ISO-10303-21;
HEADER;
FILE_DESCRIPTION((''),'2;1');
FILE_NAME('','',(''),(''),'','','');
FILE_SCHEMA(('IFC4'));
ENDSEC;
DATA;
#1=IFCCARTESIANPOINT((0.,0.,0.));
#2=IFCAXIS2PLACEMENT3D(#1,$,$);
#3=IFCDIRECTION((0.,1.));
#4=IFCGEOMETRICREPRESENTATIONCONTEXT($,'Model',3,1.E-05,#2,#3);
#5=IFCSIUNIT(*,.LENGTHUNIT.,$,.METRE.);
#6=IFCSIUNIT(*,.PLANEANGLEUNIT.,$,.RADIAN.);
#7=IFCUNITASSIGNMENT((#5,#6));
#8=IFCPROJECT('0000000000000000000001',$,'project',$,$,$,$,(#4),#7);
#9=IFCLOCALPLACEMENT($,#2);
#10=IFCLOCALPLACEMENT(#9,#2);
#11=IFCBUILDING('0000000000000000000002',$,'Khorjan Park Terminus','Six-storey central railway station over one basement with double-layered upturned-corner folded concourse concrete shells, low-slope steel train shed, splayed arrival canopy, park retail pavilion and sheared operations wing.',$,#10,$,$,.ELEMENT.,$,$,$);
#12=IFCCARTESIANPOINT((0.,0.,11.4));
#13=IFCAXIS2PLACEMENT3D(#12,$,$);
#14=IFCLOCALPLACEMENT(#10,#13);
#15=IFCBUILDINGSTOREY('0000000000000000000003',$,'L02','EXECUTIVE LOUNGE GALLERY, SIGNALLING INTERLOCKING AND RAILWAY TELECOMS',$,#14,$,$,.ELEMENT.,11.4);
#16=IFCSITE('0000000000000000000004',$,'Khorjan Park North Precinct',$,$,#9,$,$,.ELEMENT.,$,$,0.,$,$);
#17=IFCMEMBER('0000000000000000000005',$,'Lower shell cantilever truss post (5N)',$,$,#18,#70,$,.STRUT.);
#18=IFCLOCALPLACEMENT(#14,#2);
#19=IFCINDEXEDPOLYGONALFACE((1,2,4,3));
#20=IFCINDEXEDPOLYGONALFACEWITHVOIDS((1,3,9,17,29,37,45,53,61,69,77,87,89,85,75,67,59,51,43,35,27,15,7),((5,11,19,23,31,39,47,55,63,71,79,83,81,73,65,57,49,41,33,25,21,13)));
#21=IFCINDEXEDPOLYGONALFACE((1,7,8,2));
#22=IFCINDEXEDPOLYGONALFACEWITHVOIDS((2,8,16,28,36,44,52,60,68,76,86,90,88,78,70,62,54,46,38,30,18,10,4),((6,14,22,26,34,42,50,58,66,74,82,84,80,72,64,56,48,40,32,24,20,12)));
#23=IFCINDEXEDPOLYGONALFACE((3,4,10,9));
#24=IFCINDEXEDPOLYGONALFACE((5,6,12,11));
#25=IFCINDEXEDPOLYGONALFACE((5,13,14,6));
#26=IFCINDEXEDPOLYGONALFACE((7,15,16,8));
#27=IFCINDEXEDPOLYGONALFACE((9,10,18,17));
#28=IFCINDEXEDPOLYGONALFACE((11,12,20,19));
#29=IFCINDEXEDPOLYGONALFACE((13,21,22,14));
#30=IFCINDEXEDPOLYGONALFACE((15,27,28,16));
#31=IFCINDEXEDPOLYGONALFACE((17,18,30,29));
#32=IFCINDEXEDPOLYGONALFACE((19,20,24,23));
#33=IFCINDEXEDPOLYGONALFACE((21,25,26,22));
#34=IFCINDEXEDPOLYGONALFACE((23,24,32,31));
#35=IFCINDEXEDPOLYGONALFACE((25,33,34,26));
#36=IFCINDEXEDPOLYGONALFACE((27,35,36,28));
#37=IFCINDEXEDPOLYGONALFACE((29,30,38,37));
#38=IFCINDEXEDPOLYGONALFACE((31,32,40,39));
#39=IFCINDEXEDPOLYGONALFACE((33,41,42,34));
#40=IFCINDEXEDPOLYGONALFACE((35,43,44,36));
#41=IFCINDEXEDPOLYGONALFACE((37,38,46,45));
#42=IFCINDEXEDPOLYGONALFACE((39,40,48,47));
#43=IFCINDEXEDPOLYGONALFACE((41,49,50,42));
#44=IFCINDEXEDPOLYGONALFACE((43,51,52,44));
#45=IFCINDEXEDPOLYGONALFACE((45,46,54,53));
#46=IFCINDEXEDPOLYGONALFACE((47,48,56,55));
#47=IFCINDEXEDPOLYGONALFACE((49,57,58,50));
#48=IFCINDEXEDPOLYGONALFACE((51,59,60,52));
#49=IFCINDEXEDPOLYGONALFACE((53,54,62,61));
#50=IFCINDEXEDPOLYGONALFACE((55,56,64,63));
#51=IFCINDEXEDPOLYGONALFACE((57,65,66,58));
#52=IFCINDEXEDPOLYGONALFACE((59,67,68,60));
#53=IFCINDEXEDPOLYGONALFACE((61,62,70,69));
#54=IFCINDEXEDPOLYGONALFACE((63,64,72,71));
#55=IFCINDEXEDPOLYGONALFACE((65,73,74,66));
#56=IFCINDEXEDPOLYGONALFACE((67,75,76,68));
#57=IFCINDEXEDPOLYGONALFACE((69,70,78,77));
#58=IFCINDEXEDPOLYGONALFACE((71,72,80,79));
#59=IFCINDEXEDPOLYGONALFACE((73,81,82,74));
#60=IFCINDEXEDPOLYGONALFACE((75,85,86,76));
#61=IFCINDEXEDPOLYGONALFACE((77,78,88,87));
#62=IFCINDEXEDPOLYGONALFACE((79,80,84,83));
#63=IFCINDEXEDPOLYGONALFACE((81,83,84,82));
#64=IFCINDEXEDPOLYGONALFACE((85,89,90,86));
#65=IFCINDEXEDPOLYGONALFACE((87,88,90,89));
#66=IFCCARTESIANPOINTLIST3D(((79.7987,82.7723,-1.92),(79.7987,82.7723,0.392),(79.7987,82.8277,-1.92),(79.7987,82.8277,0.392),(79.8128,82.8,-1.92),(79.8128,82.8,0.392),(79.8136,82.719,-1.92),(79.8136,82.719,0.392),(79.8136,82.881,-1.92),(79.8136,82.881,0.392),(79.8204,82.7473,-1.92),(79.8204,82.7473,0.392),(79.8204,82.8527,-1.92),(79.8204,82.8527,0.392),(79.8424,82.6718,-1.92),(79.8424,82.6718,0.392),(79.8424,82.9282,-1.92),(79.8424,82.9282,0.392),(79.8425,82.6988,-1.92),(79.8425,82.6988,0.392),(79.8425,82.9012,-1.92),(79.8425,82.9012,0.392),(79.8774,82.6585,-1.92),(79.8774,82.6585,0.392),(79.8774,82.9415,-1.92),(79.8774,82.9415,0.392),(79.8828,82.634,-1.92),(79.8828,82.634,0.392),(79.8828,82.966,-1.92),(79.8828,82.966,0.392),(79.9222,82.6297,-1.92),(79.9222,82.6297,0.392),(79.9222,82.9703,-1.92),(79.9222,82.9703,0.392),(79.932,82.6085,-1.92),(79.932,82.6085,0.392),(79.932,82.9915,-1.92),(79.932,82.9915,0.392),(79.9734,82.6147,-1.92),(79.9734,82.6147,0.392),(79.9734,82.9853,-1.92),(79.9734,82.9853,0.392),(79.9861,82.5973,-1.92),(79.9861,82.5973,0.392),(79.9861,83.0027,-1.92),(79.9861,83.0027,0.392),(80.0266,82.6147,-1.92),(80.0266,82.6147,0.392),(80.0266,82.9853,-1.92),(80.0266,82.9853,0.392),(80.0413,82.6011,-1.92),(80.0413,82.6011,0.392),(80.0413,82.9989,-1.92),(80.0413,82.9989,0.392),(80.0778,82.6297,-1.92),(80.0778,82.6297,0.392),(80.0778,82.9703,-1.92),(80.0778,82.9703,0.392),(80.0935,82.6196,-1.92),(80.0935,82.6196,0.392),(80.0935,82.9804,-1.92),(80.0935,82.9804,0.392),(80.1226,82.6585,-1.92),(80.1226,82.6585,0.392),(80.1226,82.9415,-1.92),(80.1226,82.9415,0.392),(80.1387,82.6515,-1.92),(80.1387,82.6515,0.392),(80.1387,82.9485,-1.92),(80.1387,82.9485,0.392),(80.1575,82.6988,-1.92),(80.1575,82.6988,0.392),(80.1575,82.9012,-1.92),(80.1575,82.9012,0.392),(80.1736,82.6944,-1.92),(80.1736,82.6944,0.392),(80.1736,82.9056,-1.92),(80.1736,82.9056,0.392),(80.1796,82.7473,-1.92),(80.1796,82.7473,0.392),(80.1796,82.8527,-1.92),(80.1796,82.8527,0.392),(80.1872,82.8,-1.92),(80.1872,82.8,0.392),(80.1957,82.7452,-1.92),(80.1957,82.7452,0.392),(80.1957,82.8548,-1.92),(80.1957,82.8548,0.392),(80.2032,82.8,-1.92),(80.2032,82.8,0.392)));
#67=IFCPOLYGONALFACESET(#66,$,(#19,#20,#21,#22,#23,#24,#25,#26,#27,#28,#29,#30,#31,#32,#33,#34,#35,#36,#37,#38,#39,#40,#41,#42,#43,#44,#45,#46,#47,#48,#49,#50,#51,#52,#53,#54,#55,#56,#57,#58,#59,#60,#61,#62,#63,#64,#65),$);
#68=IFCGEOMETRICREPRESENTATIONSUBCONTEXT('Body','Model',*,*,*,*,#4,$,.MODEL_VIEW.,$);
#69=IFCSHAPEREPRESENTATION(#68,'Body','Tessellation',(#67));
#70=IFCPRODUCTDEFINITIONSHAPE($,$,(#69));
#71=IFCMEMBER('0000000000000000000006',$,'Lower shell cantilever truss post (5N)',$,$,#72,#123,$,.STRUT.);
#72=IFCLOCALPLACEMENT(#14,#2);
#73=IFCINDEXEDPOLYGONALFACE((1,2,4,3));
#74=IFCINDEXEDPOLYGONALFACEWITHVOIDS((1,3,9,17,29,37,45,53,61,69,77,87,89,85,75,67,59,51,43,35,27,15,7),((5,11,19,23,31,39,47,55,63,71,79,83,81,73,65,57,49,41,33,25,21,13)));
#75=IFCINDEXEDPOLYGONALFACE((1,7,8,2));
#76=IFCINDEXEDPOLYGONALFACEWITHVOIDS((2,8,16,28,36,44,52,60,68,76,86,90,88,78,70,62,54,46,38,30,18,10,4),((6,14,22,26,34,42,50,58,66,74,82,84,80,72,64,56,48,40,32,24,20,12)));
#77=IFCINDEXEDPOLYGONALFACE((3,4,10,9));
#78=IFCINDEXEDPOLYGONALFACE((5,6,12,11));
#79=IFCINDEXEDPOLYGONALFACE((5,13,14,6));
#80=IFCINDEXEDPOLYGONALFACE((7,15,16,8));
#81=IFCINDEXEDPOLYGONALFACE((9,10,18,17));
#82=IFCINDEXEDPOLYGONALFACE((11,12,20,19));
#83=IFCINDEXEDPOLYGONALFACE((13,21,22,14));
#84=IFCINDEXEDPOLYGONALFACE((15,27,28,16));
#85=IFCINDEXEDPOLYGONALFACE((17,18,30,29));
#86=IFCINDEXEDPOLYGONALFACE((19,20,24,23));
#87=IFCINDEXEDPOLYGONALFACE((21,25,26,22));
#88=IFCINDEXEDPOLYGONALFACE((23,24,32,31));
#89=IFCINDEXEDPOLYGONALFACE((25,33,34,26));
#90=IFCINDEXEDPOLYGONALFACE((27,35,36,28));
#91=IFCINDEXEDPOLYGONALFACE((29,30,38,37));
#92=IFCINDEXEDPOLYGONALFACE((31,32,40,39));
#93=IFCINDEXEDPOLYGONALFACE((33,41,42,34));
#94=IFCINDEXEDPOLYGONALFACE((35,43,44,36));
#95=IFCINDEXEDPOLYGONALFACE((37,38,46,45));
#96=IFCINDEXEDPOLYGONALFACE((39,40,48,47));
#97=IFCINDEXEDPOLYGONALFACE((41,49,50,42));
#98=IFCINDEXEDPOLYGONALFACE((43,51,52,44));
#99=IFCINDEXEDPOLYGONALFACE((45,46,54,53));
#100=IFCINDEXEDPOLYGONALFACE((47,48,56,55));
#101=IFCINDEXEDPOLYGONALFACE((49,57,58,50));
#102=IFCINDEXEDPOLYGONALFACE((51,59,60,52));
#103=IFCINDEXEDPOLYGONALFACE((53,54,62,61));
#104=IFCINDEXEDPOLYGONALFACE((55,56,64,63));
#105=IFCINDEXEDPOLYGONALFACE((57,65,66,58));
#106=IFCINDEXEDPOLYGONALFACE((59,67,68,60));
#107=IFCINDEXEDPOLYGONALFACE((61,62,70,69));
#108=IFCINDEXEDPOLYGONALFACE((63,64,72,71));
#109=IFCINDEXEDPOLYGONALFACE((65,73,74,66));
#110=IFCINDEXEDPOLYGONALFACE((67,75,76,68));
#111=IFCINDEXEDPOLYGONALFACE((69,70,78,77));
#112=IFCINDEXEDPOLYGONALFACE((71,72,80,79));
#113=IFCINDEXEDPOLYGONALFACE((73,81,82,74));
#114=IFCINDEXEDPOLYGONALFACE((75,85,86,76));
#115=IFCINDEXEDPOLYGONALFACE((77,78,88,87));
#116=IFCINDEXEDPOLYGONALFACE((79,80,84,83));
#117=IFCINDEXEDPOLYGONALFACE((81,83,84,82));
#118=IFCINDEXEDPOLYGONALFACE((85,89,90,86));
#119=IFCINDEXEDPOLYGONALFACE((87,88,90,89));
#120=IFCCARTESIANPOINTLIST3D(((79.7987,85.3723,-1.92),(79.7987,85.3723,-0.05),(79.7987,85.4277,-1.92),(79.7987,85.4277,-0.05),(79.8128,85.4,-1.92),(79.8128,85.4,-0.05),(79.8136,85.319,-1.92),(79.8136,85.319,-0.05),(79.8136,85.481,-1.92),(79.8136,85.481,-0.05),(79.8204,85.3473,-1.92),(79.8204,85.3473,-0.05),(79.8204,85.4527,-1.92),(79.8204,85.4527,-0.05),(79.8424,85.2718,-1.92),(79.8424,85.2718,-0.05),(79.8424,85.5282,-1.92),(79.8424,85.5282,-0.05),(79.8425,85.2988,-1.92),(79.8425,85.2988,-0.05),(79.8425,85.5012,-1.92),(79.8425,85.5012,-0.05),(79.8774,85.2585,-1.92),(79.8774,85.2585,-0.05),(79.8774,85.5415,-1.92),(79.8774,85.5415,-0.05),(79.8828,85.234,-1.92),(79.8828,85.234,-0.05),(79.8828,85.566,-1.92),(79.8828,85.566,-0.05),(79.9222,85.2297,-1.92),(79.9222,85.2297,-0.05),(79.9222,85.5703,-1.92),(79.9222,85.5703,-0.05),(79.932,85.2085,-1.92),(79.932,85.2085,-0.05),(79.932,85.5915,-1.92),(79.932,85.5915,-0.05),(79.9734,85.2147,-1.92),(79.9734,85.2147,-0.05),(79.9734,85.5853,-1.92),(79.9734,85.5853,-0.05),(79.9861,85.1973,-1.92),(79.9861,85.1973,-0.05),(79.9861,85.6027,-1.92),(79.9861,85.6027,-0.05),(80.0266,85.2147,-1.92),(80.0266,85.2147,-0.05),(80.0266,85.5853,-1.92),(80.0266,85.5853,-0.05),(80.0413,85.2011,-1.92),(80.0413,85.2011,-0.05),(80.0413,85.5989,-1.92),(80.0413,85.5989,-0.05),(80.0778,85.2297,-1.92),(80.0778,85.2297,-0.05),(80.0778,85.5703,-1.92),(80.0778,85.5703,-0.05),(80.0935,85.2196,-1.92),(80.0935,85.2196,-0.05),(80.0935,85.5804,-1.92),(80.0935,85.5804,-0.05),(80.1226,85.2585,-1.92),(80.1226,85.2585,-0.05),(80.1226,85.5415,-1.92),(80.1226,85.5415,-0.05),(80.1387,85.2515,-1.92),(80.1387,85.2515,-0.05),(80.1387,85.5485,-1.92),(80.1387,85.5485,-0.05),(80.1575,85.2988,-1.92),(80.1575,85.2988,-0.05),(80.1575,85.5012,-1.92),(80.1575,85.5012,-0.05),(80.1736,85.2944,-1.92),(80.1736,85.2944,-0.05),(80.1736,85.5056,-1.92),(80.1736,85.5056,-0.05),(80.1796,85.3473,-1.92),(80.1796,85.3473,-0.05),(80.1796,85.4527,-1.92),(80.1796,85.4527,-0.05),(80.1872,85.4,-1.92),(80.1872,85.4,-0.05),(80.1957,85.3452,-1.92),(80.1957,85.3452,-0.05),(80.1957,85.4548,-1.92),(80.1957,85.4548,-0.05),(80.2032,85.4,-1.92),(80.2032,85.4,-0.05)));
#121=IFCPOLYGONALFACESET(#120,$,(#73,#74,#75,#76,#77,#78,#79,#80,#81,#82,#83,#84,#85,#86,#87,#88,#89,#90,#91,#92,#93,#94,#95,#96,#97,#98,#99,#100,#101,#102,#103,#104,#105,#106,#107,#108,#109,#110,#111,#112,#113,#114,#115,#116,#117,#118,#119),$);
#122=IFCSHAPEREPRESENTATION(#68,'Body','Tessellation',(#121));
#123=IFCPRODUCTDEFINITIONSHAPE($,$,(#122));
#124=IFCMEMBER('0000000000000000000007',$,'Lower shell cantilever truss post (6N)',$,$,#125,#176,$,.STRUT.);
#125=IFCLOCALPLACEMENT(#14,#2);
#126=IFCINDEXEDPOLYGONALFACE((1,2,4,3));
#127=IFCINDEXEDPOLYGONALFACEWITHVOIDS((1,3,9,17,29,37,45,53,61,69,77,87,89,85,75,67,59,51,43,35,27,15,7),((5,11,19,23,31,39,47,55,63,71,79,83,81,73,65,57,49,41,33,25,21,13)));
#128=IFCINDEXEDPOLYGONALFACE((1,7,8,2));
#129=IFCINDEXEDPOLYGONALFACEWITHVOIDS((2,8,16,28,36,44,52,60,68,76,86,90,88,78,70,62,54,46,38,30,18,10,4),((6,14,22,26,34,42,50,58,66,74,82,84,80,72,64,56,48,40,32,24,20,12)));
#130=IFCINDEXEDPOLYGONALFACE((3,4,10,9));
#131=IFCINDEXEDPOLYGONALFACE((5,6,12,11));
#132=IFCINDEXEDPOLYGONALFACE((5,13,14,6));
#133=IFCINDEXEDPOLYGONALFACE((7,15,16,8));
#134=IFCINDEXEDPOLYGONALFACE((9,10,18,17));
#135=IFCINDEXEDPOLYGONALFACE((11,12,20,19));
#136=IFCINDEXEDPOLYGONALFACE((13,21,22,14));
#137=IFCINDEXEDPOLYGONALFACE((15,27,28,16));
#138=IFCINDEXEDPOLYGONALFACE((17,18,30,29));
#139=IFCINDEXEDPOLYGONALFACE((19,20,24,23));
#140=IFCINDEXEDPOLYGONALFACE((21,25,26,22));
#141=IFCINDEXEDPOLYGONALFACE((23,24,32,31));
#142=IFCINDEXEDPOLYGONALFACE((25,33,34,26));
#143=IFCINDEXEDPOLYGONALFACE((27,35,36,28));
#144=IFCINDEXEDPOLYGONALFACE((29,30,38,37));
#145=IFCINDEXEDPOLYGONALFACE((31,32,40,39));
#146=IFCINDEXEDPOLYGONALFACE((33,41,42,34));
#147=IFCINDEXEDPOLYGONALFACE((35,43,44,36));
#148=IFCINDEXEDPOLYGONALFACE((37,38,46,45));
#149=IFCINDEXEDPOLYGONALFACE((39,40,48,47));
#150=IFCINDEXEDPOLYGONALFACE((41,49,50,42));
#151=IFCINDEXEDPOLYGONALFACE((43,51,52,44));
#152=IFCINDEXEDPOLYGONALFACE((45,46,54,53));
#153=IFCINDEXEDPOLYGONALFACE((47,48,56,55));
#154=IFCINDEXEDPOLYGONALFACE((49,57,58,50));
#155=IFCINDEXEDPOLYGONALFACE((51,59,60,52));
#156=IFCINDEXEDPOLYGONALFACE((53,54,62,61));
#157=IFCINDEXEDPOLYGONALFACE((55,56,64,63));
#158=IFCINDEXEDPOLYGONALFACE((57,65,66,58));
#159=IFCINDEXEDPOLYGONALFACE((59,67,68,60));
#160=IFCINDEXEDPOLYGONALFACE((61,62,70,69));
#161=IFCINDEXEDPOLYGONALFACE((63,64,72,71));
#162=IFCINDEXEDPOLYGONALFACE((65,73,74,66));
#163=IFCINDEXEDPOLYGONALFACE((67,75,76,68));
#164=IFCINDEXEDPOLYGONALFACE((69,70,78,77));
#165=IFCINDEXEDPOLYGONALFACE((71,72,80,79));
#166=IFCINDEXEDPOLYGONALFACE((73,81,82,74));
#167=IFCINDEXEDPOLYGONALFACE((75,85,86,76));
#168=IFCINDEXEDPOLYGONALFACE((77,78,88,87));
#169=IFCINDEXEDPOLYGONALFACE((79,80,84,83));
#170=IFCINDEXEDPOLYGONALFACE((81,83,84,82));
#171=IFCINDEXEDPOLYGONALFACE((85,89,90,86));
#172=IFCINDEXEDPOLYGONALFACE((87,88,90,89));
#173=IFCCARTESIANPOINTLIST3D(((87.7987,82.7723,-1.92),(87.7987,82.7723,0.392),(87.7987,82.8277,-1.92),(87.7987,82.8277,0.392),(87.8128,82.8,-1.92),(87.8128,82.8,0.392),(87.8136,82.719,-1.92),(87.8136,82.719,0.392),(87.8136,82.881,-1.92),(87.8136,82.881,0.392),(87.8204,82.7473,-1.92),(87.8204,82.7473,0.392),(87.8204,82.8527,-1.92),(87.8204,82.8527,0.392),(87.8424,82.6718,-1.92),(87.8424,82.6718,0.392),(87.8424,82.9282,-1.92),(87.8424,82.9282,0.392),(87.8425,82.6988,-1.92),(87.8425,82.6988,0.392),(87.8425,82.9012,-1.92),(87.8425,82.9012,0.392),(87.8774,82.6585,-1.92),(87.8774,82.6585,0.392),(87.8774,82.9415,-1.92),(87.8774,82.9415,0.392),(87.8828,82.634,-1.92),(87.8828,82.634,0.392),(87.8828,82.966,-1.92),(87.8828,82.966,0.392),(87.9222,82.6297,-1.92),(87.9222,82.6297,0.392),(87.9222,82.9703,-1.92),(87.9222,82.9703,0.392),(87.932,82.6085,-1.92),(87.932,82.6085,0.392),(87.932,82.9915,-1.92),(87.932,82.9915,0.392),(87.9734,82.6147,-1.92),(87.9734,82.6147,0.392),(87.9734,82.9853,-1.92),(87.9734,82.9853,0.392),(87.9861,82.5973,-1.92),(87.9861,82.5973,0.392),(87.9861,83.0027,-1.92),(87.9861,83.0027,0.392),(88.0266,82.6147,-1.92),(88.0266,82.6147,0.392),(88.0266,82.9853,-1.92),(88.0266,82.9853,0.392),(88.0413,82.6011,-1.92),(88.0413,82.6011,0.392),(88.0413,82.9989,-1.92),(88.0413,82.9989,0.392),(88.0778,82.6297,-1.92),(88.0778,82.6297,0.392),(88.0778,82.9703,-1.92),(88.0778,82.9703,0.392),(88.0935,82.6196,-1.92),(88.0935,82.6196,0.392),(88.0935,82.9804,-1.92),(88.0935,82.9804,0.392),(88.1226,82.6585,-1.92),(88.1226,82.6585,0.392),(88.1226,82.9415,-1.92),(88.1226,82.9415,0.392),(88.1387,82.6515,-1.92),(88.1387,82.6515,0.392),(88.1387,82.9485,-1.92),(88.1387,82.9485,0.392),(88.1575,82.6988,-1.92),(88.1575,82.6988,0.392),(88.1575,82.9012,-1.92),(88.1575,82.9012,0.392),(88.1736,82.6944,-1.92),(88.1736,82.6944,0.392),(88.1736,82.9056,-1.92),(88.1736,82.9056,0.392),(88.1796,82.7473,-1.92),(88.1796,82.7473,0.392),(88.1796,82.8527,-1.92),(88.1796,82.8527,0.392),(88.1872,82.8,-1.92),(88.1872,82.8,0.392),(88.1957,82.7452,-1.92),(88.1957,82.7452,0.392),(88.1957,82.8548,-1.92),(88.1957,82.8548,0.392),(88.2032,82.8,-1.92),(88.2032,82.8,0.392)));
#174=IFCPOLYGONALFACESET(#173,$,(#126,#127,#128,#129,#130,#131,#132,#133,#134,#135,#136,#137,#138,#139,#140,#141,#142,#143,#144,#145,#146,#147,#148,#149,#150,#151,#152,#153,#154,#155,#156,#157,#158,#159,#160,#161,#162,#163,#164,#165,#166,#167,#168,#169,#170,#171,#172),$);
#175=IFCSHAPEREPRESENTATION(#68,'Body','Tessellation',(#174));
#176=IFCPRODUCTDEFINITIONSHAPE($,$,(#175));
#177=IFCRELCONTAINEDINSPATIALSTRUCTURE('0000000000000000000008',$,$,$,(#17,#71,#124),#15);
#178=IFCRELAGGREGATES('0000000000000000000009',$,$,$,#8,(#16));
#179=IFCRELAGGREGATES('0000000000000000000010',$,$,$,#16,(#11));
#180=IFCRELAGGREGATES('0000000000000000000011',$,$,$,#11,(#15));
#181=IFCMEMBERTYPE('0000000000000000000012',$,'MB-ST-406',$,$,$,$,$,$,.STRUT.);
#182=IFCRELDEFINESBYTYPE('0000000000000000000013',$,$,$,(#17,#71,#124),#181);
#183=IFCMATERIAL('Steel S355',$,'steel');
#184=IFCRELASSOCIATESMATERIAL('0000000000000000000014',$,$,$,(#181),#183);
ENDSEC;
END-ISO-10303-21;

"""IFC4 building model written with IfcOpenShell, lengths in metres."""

from ifc_helpers import new_model, si_unit, direction, frame, origin, origin_2d, place, context, subcontext, project, spatial, hollow_circle, extrude, material, material_profile, profile_set, type_object, element, save


model = new_model("IFC4")

# Units and contexts
model_context = context("Model", 3, precision=1e-05, world=origin(), true_north=direction((0.0, 1.0)))
body_context = subcontext(model_context, "Body", "Model", "MODEL_VIEW")
ifc_project = project(units=[si_unit("LENGTHUNIT", "METRE"), si_unit("PLANEANGLEUNIT", "RADIAN")], contexts=[model_context])

# Site, building, storey
site_placement = place(None, origin())
site = spatial("IfcSite", under=ifc_project, at=site_placement, Name="Khorjan Park North Precinct", CompositionType="ELEMENT", RefElevation=0.0)
building_placement = place(site_placement, origin())
building = spatial("IfcBuilding", under=site, at=building_placement, Name="Khorjan Park Terminus", Description="Six-storey central railway station over one basement with double-layered upturned-corner folded concourse concrete shells, low-slope steel train shed, splayed arrival canopy, park retail pavilion and sheared operations wing.", CompositionType="ELEMENT")
storey_placement = place(building_placement, frame((0.0, 0.0, 11.4)))
storey = spatial("IfcBuildingStorey", under=building, at=storey_placement, Name="L02", Description="EXECUTIVE LOUNGE GALLERY, SIGNALLING INTERLOCKING AND RAILWAY TELECOMS", CompositionType="ELEMENT", Elevation=11.4)

# Members
ifc_material_1 = material(Name="Steel S355", Category="steel")
ifc_material_profile_1 = material_profile(ifc_material_1, hollow_circle(Radius=0.2032, WallThickness=0.016, at=origin_2d()), Name="CHS 406.4x16")
ifc_profile_set_1 = profile_set([ifc_material_profile_1], Name="Steel S355")
member_type_1 = type_object("IfcMemberType", Name="MB-ST-406", PredefinedType="STRUT", material=ifc_profile_set_1)
member_1_placement = place(storey_placement, frame((80.0, 82.8, -1.92), z_axis=(0.0, 0.0, 1.0), x_axis=(1.0, 0.0, 0.0)))
element("IfcMember", 1, at=member_1_placement, inside=storey, type_object=member_type_1, Name="Lower shell cantilever truss post (5N)", PredefinedType="STRUT", context=body_context, shape_type="SweptSolid", body=[
    extrude(hollow_circle(Radius=0.2032, WallThickness=0.016, at=origin_2d()), origin(), (0.0, 0.0, 1.0), 2.312),
])
member_2_placement = place(storey_placement, frame((80.0, 85.4, -1.92), z_axis=(0.0, 0.0, 1.0), x_axis=(1.0, 0.0, 0.0)))
element("IfcMember", 2, at=member_2_placement, inside=storey, type_object=member_type_1, Name="Lower shell cantilever truss post (5N)", PredefinedType="STRUT", context=body_context, shape_type="SweptSolid", body=[
    extrude(hollow_circle(Radius=0.2032, WallThickness=0.016, at=origin_2d()), origin(), (0.0, 0.0, 1.0), 1.87),
])
for number, where, z_axis, x_axis, name in (
    (3, (88.0, 82.8, -1.92), (0.0, 0.0, 1.0), (1.0, 0.0, 0.0), "Lower shell cantilever truss post (6N)"),
):
    element("IfcMember", number, at=place(storey_placement, frame(where, z_axis=z_axis, x_axis=x_axis)), inside=storey, type_object=member_type_1, Name=name, PredefinedType="STRUT", context=body_context, shape_type="SweptSolid", body=[
        extrude(hollow_circle(Radius=0.2032, WallThickness=0.016, at=origin_2d()), origin(), (0.0, 0.0, 1.0), 2.312),
    ])

save(model, "model.ifc")
